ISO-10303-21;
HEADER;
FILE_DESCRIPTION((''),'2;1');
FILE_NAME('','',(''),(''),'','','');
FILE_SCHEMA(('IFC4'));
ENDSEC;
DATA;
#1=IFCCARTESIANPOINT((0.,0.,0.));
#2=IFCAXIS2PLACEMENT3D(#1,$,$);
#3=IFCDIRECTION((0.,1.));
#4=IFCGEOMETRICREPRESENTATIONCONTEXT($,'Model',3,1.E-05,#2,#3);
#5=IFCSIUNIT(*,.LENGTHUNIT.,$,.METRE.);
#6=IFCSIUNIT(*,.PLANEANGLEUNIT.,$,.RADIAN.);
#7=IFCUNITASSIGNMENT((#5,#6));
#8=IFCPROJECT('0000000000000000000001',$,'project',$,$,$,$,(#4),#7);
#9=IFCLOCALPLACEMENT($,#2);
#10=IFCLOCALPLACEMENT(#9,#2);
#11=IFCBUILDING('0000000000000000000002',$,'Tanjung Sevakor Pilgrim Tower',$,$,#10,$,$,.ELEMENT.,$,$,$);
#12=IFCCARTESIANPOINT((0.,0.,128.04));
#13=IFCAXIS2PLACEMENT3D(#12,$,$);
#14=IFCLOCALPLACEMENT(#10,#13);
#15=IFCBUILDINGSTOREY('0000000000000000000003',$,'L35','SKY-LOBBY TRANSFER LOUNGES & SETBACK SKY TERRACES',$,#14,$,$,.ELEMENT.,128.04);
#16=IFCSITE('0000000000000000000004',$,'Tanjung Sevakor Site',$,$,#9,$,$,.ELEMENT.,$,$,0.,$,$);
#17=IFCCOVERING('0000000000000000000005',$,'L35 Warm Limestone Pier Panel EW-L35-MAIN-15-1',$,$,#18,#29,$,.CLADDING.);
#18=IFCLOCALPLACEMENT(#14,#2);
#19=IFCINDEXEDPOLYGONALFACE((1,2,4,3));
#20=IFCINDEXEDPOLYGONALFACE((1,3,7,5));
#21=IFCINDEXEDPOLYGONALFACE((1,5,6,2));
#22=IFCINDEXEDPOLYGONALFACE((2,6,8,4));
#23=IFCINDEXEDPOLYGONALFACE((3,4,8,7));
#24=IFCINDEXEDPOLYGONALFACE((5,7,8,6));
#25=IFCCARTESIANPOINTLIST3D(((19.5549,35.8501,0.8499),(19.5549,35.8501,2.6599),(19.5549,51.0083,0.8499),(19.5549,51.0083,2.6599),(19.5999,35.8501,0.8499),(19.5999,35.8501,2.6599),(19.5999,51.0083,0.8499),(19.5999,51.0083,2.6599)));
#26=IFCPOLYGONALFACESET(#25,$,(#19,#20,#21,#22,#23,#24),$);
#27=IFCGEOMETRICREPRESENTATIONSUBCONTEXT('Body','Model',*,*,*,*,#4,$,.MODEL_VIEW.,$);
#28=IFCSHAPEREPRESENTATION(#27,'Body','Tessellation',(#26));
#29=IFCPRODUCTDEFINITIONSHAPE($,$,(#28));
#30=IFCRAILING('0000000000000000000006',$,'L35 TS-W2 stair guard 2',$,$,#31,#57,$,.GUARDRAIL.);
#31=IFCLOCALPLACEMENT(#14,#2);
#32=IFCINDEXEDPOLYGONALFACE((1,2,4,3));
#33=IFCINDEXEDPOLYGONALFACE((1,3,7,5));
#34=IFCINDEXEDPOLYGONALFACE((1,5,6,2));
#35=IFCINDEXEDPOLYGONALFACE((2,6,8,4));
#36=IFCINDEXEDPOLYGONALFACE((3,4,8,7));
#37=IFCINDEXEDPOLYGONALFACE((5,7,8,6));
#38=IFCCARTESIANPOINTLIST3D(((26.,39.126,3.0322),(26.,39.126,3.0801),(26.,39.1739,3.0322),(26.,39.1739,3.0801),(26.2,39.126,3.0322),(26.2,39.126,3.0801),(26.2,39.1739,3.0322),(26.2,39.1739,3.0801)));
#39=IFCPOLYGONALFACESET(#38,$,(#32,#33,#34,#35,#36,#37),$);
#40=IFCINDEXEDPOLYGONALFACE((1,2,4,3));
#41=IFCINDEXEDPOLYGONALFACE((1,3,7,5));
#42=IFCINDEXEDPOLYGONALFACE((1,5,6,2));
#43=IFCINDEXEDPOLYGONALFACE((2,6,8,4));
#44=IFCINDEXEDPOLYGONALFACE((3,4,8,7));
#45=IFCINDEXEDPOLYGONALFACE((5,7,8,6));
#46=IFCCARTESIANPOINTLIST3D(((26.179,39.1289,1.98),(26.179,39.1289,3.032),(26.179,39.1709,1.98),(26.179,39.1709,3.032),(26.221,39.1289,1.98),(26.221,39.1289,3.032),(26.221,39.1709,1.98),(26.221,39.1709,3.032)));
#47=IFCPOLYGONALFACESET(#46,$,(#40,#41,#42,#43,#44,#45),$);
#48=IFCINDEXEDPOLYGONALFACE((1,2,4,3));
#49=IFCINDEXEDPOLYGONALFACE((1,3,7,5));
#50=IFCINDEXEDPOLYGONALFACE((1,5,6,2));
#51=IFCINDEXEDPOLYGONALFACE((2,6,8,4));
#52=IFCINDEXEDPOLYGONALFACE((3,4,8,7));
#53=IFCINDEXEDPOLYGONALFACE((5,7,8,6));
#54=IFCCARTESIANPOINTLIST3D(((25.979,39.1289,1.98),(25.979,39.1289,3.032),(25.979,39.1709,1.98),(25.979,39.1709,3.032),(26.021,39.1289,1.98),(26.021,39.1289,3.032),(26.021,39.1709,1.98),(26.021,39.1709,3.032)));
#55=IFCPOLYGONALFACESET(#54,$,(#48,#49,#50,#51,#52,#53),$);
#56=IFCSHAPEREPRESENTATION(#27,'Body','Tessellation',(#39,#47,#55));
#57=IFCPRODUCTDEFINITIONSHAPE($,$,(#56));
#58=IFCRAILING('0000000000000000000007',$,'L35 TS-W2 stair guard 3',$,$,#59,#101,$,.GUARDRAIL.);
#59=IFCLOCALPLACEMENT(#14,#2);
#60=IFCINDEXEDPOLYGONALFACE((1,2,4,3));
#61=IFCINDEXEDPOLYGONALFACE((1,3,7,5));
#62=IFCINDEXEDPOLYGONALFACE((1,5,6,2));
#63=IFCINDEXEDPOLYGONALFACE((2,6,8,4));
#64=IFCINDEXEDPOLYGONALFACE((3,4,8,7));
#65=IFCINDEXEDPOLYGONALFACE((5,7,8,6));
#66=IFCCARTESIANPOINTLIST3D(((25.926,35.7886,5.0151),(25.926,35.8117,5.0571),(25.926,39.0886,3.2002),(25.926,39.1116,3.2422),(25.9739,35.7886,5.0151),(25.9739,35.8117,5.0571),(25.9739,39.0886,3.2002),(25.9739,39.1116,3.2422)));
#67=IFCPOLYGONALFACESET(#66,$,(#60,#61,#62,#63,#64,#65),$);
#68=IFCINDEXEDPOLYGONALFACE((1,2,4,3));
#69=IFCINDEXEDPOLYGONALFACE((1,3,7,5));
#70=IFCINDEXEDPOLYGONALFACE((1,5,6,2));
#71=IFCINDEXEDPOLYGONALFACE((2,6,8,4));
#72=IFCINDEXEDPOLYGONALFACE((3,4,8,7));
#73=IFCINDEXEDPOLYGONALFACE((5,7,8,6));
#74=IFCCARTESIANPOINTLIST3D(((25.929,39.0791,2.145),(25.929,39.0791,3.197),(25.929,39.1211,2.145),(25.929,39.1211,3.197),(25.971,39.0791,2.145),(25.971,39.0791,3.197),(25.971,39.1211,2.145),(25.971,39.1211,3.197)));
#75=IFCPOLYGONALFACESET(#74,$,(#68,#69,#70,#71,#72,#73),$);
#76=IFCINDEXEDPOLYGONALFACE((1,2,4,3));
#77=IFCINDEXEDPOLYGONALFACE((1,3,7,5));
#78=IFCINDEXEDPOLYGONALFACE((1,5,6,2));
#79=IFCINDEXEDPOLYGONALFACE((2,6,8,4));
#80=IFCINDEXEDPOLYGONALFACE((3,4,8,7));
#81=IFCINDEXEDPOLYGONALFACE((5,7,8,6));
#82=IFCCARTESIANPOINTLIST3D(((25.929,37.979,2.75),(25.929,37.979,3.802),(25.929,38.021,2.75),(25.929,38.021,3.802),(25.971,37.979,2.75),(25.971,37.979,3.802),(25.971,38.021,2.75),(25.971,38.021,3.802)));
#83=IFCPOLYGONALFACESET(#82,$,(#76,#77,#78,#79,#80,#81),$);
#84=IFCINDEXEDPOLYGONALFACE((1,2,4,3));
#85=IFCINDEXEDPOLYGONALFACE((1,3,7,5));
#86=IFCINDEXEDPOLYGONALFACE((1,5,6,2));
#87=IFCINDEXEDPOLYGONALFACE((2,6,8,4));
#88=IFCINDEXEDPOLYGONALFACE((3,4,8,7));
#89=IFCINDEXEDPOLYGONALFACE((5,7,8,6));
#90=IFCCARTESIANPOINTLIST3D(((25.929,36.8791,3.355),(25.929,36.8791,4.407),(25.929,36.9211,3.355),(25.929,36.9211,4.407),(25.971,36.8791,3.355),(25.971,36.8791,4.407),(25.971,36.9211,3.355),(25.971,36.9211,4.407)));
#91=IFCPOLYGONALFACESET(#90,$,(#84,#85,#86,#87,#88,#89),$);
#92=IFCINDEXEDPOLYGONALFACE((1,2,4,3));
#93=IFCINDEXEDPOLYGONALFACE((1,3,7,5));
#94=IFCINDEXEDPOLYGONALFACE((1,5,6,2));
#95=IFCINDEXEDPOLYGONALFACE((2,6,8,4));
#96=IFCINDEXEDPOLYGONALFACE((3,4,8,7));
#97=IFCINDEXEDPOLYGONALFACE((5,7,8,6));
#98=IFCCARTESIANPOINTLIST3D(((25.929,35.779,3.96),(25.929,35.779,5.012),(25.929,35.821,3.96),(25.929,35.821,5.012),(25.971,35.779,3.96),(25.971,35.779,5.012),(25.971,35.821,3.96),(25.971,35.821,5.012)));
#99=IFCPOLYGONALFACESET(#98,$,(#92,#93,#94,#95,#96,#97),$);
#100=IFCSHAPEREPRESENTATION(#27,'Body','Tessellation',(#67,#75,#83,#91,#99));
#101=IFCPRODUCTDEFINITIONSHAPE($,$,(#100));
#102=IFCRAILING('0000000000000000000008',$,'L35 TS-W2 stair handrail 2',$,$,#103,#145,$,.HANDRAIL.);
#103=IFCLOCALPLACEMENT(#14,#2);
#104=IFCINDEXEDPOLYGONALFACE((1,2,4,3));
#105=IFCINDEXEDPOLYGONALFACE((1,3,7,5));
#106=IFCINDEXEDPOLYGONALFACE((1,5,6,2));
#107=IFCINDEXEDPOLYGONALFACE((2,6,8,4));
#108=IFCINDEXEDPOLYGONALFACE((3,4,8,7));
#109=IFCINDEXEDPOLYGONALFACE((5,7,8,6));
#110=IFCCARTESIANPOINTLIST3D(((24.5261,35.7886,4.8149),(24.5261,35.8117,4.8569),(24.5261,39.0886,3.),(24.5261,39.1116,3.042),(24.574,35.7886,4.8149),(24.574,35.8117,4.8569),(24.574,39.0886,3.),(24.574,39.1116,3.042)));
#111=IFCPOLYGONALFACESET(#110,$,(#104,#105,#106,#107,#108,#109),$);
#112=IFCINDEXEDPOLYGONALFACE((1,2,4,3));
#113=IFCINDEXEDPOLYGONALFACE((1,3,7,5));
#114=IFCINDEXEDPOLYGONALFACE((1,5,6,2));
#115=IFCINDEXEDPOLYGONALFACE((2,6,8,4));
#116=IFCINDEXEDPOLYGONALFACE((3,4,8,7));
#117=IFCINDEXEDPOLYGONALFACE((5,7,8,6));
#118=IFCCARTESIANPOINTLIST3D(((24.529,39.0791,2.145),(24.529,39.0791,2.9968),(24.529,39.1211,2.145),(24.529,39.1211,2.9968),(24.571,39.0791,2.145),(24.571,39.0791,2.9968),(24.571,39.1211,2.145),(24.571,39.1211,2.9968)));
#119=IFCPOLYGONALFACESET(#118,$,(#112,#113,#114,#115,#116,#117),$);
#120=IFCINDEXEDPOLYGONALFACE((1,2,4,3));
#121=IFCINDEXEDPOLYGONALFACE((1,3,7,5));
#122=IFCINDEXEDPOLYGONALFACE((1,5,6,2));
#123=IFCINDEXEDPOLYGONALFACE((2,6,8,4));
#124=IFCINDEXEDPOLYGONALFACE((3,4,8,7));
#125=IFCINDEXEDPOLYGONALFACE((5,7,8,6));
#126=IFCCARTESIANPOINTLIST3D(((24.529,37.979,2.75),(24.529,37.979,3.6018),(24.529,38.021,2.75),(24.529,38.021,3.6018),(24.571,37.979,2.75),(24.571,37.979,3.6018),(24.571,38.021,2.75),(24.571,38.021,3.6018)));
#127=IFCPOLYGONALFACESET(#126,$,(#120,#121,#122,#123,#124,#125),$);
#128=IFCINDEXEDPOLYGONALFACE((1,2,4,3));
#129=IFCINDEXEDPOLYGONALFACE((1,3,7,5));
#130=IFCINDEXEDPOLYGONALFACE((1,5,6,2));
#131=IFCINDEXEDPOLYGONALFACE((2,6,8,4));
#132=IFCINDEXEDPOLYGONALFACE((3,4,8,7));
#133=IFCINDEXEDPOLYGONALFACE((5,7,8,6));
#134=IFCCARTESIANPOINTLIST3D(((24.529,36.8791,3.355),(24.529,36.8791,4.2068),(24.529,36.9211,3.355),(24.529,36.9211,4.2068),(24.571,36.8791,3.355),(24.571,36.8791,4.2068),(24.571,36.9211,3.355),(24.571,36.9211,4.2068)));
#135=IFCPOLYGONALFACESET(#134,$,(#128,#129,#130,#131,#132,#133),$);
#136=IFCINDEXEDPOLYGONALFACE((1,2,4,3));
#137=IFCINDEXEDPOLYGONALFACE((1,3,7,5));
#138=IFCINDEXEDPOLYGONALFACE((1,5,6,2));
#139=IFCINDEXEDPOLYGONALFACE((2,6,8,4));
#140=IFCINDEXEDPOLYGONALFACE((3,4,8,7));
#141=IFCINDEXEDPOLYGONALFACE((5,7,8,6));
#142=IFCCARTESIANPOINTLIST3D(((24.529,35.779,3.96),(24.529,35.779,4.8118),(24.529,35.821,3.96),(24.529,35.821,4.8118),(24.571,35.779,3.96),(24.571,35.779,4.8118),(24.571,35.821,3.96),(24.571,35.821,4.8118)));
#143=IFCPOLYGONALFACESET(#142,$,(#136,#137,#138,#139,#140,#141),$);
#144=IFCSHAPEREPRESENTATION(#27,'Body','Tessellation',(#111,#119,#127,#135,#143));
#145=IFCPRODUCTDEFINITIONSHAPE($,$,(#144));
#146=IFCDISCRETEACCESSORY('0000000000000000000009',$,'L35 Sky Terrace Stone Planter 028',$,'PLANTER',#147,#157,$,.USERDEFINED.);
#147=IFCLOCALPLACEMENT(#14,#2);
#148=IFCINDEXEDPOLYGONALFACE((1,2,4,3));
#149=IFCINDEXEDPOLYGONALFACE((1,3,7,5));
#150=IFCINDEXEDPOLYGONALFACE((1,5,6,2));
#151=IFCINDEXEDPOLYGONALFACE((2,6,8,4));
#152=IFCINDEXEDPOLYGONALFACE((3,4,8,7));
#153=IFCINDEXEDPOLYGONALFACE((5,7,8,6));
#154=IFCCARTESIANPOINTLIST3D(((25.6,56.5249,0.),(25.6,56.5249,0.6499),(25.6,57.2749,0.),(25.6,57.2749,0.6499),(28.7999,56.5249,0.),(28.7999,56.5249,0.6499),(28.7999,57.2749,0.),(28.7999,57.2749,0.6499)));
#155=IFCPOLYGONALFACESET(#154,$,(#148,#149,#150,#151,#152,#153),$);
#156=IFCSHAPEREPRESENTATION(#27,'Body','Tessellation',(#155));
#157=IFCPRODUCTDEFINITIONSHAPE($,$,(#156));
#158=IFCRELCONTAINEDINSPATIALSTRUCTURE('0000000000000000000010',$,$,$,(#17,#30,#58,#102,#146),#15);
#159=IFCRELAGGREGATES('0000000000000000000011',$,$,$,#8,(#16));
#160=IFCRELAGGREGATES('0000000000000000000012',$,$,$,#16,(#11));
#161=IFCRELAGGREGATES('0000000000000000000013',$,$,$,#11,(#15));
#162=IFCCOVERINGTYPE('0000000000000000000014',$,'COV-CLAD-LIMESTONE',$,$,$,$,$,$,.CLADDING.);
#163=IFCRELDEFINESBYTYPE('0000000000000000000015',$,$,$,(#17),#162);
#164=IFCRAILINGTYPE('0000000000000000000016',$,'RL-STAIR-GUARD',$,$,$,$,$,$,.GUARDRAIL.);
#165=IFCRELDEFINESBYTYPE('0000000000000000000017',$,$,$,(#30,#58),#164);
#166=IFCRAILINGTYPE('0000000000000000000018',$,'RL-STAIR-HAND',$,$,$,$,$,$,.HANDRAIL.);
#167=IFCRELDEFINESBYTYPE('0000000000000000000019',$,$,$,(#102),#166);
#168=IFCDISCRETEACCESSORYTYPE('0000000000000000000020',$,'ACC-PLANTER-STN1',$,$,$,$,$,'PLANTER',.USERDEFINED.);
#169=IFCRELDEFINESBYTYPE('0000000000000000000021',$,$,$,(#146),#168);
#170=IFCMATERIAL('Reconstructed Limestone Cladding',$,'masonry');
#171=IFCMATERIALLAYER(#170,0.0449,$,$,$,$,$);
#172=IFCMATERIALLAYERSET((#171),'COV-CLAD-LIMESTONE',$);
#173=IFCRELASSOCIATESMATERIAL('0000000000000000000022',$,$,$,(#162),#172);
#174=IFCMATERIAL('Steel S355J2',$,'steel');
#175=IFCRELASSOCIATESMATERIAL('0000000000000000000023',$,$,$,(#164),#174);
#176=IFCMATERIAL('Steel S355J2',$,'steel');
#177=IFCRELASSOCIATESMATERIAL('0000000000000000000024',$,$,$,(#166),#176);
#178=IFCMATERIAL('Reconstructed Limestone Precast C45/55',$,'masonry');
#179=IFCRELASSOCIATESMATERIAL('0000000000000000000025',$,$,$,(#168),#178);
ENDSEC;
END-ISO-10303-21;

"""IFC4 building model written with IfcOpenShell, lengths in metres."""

from ifc_helpers import new_model, si_unit, direction, frame, origin, origin_2d, place, context, subcontext, project, spatial, rectangle, extrude, material, layer, layer_set, type_object, element, save


model = new_model("IFC4")

# Units and contexts
model_context = context("Model", 3, precision=1e-05, world=origin(), true_north=direction((0.0, 1.0)))
body_context = subcontext(model_context, "Body", "Model", "MODEL_VIEW")
ifc_project = project(units=[si_unit("LENGTHUNIT", "METRE"), si_unit("PLANEANGLEUNIT", "RADIAN")], contexts=[model_context])

# Site, building, storey
site_placement = place(None, origin())
site = spatial("IfcSite", under=ifc_project, at=site_placement, Name="Tanjung Sevakor Site", CompositionType="ELEMENT", RefElevation=0.0)
building_placement = place(site_placement, origin())
building = spatial("IfcBuilding", under=site, at=building_placement, Name="Tanjung Sevakor Pilgrim Tower", CompositionType="ELEMENT")
storey_placement = place(building_placement, frame((0.0, 0.0, 128.04)))
storey = spatial("IfcBuildingStorey", under=building, at=storey_placement, Name="L35", Description="SKY-LOBBY TRANSFER LOUNGES & SETBACK SKY TERRACES", CompositionType="ELEMENT", Elevation=128.04)

# Covering
ifc_material_1 = material(Name="Reconstructed Limestone Cladding", Category="masonry")
ifc_layer_1 = layer(ifc_material_1, 0.0449)
ifc_layer_set_1 = layer_set([ifc_layer_1], Name="COV-CLAD-LIMESTONE")
covering_type = type_object("IfcCoveringType", Name="COV-CLAD-LIMESTONE", PredefinedType="CLADDING", material=ifc_layer_set_1)
covering_placement = place(storey_placement, frame((19.5774, 43.4292, 0.8499), z_axis=(0.0, 0.0, 1.0), x_axis=(0.0, -1.0, 0.0)))
element("IfcCovering", 1, at=covering_placement, inside=storey, type_object=covering_type, Name="L35 Warm Limestone Pier Panel EW-L35-MAIN-15-1", PredefinedType="CLADDING", context=body_context, shape_type="SweptSolid", body=[
    extrude(rectangle(XDim=15.1582, YDim=0.0449, at=origin_2d()), origin(), (0.0, 0.0, 1.0), 1.8101),
])

# Railings
ifc_material_2 = material(Name="Steel S355J2", Category="steel")
railing_type_1 = type_object("IfcRailingType", Name="RL-STAIR-GUARD", PredefinedType="GUARDRAIL", material=ifc_material_2)
railing_1_placement = place(storey_placement, frame((26.2, 39.1499, 1.98)))
element("IfcRailing", 2, at=railing_1_placement, inside=storey, type_object=railing_type_1, Name="L35 TS-W2 stair guard 2", PredefinedType="GUARDRAIL", context=body_context, shape_type="SweptSolid", body=[
    extrude(rectangle(XDim=0.0479, YDim=0.0479), frame((0.0, 0.0, 1.0762), z_axis=(-1.0, 0.0, 0.0), x_axis=(0.0, -1.0, 0.0)), (0.0, 0.0, 1.0), 0.2),
    extrude(rectangle(XDim=0.042, YDim=0.042), origin(), (0.0, 0.0, 1.0), 1.052),
    extrude(rectangle(XDim=0.042, YDim=0.042), frame((-0.2, 0.0, 0.0)), (0.0, 0.0, 1.0), 1.052),
])
railing_2_placement = place(storey_placement, frame((25.95, 39.1001, 2.145)))
element("IfcRailing", 3, at=railing_2_placement, inside=storey, type_object=railing_type_1, Name="L35 TS-W2 stair guard 3", PredefinedType="GUARDRAIL", context=body_context, shape_type="SweptSolid", body=[
    extrude(rectangle(XDim=0.0479, YDim=0.0479), frame((0.0, 0.0, 1.0762), z_axis=(0.0, -0.876225, 0.481901), x_axis=(1.0, 0.0, 0.0)), (0.0, 0.0, 1.0), 3.7661),
    extrude(rectangle(XDim=0.042, YDim=0.042), origin(), (0.0, 0.0, 1.0), 1.052),
    extrude(rectangle(XDim=0.042, YDim=0.042), frame((0.0, -1.1001, 0.605)), (0.0, 0.0, 1.0), 1.052),
    extrude(rectangle(XDim=0.042, YDim=0.042), frame((0.0, -2.2, 1.21)), (0.0, 0.0, 1.0), 1.052),
    extrude(rectangle(XDim=0.042, YDim=0.042), frame((0.0, -3.3, 1.8149)), (0.0, 0.0, 1.0), 1.052),
])
ifc_material_3 = material(Name="Steel S355J2", Category="steel")
railing_type_2 = type_object("IfcRailingType", Name="RL-STAIR-HAND", PredefinedType="HANDRAIL", material=ifc_material_3)
railing_3_placement = place(storey_placement, frame((24.55, 39.1001, 2.145)))
element("IfcRailing", 4, at=railing_3_placement, inside=storey, type_object=railing_type_2, Name="L35 TS-W2 stair handrail 2", PredefinedType="HANDRAIL", context=body_context, shape_type="SweptSolid", body=[
    extrude(rectangle(XDim=0.0479, YDim=0.0479), frame((0.0, 0.0, 0.876), z_axis=(0.0, -0.876225, 0.481901), x_axis=(1.0, 0.0, 0.0)), (0.0, 0.0, 1.0), 3.7661),
    extrude(rectangle(XDim=0.042, YDim=0.042), origin(), (0.0, 0.0, 1.0), 0.8518),
    extrude(rectangle(XDim=0.042, YDim=0.042), frame((0.0, -1.1001, 0.605)), (0.0, 0.0, 1.0), 0.8518),
    extrude(rectangle(XDim=0.042, YDim=0.042), frame((0.0, -2.2, 1.21)), (0.0, 0.0, 1.0), 0.8518),
    extrude(rectangle(XDim=0.042, YDim=0.042), frame((0.0, -3.3, 1.8149)), (0.0, 0.0, 1.0), 0.8518),
])

# Discrete accessory
ifc_material_4 = material(Name="Reconstructed Limestone Precast C45/55", Category="masonry")
discrete_accessory_type = type_object("IfcDiscreteAccessoryType", Name="ACC-PLANTER-STN1", ElementType="PLANTER", PredefinedType="USERDEFINED", material=ifc_material_4)
discrete_accessory_placement = place(storey_placement, frame((27.2, 56.8999, 0.0), z_axis=(0.0, 0.0, 1.0), x_axis=(1.0, 0.0, 0.0)))
element("IfcDiscreteAccessory", 5, at=discrete_accessory_placement, inside=storey, type_object=discrete_accessory_type, Name="L35 Sky Terrace Stone Planter 028", ObjectType="PLANTER", PredefinedType="USERDEFINED", context=body_context, shape_type="SweptSolid", body=[
    extrude(rectangle(XDim=3.2, YDim=0.75, at=origin_2d()), origin(), (0.0, 0.0, 1.0), 0.6499),
])

save(model, "model.ifc")
